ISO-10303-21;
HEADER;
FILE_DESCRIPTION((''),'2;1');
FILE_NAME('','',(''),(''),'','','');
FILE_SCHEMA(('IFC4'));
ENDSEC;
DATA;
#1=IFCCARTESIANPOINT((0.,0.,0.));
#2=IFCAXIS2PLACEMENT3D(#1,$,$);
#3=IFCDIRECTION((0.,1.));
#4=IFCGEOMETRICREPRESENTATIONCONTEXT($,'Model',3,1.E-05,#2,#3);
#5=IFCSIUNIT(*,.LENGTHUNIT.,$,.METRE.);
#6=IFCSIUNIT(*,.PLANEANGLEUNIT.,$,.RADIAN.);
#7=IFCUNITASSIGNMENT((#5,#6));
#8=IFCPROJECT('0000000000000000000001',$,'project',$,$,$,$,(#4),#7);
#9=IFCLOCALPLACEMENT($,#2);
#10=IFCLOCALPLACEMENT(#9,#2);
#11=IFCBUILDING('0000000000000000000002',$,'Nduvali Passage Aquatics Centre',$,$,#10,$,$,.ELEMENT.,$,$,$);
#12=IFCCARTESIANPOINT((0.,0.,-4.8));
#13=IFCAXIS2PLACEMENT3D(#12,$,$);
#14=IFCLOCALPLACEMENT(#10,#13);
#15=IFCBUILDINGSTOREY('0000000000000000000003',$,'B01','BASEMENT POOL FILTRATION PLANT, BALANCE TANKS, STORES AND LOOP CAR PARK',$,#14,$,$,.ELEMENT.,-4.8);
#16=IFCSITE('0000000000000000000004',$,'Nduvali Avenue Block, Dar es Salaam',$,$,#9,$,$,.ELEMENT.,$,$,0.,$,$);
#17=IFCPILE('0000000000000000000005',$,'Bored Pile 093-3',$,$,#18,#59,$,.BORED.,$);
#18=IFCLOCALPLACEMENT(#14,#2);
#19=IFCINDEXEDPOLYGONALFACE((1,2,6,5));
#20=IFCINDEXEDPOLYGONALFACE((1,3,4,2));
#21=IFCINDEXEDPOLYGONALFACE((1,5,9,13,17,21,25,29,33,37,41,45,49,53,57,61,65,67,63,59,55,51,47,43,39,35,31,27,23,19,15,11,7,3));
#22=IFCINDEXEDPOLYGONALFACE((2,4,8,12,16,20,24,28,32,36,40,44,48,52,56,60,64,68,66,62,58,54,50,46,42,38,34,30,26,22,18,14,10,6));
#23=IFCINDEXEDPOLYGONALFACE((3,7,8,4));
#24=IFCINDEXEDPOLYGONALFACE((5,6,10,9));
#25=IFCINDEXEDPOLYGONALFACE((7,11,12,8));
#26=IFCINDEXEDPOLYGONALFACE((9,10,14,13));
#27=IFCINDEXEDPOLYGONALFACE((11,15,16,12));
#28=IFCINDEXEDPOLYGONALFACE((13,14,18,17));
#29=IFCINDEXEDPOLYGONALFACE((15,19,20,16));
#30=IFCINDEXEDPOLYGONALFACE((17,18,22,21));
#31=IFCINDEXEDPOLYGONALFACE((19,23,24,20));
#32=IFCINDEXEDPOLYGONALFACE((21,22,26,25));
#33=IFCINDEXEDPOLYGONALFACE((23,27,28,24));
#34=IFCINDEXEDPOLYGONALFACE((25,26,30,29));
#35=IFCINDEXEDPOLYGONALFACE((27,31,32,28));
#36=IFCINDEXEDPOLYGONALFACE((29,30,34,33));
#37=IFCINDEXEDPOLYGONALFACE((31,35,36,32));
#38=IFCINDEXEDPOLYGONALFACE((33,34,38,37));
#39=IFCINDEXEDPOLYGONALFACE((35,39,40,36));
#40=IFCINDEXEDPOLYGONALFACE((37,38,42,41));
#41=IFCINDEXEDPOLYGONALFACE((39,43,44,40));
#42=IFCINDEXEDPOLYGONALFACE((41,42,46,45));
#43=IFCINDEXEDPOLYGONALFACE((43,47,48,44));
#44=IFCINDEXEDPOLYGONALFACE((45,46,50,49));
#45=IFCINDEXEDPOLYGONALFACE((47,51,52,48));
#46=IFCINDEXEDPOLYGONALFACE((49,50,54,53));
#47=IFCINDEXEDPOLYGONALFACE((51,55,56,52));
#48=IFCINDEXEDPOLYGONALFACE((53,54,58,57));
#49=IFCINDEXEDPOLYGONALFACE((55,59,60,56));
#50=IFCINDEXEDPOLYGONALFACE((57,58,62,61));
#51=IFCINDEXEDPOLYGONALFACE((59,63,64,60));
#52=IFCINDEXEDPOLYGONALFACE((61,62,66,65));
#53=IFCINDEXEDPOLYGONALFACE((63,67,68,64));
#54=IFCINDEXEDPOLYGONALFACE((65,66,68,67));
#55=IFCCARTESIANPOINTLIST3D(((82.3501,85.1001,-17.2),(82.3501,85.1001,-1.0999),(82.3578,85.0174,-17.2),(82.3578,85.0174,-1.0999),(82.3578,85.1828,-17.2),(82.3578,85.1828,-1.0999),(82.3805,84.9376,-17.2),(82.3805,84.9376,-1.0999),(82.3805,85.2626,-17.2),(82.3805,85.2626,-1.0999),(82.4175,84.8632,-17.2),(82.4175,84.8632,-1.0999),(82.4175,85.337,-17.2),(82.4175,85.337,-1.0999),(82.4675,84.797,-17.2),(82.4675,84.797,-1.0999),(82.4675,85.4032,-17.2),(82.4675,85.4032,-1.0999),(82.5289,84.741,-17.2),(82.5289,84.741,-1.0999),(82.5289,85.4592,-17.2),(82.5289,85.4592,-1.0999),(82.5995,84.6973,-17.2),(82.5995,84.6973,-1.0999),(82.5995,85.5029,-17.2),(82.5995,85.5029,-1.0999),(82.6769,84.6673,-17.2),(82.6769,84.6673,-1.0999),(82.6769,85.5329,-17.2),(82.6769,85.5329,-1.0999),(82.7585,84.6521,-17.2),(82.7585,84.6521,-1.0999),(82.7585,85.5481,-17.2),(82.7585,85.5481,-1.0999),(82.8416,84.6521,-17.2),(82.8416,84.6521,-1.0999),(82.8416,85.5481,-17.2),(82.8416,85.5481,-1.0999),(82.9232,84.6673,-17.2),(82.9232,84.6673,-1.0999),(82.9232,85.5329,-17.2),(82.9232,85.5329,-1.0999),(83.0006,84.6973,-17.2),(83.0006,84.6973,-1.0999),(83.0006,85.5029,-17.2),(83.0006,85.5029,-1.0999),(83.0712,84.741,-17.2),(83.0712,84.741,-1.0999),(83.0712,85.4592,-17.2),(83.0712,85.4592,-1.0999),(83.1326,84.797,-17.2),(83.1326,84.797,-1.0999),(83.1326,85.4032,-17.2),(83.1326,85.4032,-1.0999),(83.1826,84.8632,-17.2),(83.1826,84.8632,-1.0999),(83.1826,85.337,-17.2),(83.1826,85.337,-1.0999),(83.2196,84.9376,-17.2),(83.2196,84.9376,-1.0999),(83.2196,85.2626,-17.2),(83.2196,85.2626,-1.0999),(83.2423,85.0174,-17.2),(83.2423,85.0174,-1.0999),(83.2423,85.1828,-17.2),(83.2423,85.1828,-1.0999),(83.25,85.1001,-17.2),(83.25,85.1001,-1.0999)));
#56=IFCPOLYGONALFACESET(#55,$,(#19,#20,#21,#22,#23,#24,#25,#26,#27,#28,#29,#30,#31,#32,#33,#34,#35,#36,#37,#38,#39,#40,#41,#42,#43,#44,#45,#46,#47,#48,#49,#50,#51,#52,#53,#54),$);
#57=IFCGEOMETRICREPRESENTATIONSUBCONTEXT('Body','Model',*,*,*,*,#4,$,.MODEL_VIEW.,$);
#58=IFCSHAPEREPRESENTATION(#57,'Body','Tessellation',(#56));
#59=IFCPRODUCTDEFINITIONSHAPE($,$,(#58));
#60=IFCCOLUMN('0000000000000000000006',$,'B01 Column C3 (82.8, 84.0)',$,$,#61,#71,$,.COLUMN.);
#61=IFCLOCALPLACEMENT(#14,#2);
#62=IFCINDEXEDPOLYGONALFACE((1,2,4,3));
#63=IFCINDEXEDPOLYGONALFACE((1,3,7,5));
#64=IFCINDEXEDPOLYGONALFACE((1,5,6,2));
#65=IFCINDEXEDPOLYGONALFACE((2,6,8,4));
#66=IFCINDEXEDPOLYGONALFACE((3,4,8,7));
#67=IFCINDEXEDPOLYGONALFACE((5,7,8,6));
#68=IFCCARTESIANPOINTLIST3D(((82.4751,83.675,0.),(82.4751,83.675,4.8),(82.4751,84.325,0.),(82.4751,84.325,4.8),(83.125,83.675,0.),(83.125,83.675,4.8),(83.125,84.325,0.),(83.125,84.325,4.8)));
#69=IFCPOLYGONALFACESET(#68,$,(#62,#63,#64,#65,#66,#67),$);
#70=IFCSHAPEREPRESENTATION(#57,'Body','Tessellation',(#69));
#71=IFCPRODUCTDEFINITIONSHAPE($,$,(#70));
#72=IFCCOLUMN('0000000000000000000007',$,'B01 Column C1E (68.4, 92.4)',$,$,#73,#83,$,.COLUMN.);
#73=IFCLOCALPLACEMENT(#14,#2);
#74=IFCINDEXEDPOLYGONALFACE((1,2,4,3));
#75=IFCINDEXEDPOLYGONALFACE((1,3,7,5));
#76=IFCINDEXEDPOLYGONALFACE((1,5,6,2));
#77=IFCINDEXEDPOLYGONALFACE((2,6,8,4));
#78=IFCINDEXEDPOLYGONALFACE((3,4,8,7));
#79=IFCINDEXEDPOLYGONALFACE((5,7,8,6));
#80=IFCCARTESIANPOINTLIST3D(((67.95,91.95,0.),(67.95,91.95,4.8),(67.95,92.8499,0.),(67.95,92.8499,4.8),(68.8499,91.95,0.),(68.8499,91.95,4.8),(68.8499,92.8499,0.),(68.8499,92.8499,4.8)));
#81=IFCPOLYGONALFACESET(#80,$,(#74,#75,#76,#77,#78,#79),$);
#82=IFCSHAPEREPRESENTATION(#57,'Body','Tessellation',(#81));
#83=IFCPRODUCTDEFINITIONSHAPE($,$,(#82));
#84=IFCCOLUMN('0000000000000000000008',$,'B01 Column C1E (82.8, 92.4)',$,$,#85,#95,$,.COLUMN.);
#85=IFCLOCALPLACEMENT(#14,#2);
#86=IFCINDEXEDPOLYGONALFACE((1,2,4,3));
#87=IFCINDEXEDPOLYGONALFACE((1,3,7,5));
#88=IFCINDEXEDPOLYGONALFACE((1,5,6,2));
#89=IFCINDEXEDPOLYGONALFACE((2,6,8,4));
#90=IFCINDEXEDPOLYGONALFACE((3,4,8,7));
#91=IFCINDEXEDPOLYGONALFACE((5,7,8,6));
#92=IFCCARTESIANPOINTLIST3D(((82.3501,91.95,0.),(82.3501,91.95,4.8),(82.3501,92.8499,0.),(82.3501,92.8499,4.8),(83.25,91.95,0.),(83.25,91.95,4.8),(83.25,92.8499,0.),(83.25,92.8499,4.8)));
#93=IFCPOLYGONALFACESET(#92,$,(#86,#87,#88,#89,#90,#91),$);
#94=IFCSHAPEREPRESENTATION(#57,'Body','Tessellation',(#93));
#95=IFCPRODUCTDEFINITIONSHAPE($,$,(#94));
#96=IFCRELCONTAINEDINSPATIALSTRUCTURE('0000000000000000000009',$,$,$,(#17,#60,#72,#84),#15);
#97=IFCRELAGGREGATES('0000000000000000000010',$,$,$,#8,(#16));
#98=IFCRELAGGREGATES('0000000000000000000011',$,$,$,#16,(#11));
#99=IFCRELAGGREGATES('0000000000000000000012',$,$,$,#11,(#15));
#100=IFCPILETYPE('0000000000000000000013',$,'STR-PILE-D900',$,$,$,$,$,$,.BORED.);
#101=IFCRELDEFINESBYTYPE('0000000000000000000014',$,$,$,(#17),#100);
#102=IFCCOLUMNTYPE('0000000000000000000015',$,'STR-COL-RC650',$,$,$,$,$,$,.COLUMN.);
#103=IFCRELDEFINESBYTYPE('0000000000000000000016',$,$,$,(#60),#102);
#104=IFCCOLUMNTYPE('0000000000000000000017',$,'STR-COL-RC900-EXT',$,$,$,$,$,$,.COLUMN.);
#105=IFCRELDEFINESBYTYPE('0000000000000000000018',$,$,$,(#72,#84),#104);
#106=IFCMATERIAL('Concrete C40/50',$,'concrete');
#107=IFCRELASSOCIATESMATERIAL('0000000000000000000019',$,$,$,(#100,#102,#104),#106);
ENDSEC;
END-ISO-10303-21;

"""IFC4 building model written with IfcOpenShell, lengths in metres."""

from ifc_helpers import new_model, si_unit, direction, frame, origin, origin_2d, place, context, subcontext, project, spatial, rectangle, circle, extrude, material, material_profile, profile_set, type_object, element, save


model = new_model("IFC4")

# Units and contexts
model_context = context("Model", 3, precision=1e-05, world=origin(), true_north=direction((0.0, 1.0)))
body_context = subcontext(model_context, "Body", "Model", "MODEL_VIEW")
ifc_project = project(units=[si_unit("LENGTHUNIT", "METRE"), si_unit("PLANEANGLEUNIT", "RADIAN")], contexts=[model_context])

# Site, building, storey
site_placement = place(None, origin())
site = spatial("IfcSite", under=ifc_project, at=site_placement, Name="Nduvali Avenue Block, Dar es Salaam", CompositionType="ELEMENT", RefElevation=0.0)
building_placement = place(site_placement, origin())
building = spatial("IfcBuilding", under=site, at=building_placement, Name="Nduvali Passage Aquatics Centre", CompositionType="ELEMENT")
storey_placement = place(building_placement, frame((0.0, 0.0, -4.8)))
storey = spatial("IfcBuildingStorey", under=building, at=storey_placement, Name="B01", Description="BASEMENT POOL FILTRATION PLANT, BALANCE TANKS, STORES AND LOOP CAR PARK", CompositionType="ELEMENT", Elevation=-4.8)

# Shared definitions
ifc_material = material(Name="Concrete C40/50", Category="concrete")

# Pile
ifc_material_profile_1 = material_profile(ifc_material, circle(Radius=0.45, at=origin_2d()), Name="PILE D900")
ifc_profile_set_1 = profile_set([ifc_material_profile_1], Name="Concrete C40/50")
pile_type_1 = type_object("IfcPileType", Name="STR-PILE-D900", PredefinedType="BORED", material=ifc_profile_set_1)
for number, where, z_axis, x_axis, name in (
    (1, (82.8, 85.1001, -1.0999), (0.0, 0.0, -1.0), (1.0, 0.0, 0.0), "Bored Pile 093-3"),
):
    element("IfcPile", number, at=place(storey_placement, frame(where, z_axis=z_axis, x_axis=x_axis)), inside=storey, type_object=pile_type_1, Name=name, PredefinedType="BORED", context=body_context, shape_type="SweptSolid", body=[
        extrude(circle(Radius=0.45, at=origin_2d()), origin(), (0.0, 0.0, 1.0), 16.1001),
    ])

# Columns
ifc_material_profile_2 = material_profile(ifc_material, rectangle(XDim=0.6499, YDim=0.6499, at=origin_2d()), Name="RC 650x650")
ifc_profile_set_2 = profile_set([ifc_material_profile_2], Name="Concrete C40/50")
column_type_1 = type_object("IfcColumnType", Name="STR-COL-RC650", PredefinedType="COLUMN", material=ifc_profile_set_2)
column_placement = place(storey_placement, frame((82.8, 84.0, 0.0), z_axis=(0.0, 0.0, 1.0), x_axis=(1.0, 0.0, 0.0)))
element("IfcColumn", 2, at=column_placement, inside=storey, type_object=column_type_1, Name="B01 Column C3 (82.8, 84.0)", PredefinedType="COLUMN", context=body_context, shape_type="SweptSolid", body=[
    extrude(rectangle(XDim=0.6499, YDim=0.6499, at=origin_2d()), origin(), (0.0, 0.0, 1.0), 4.8),
])
ifc_material_profile_3 = material_profile(ifc_material, rectangle(XDim=0.8999, YDim=0.8999, at=origin_2d()), Name="RC 900x900")
ifc_profile_set_3 = profile_set([ifc_material_profile_3], Name="Concrete C40/50")
column_type_2 = type_object("IfcColumnType", Name="STR-COL-RC900-EXT", PredefinedType="COLUMN", material=ifc_profile_set_3)
for number, where, z_axis, x_axis, name in (
    (3, (68.3999, 92.3999, 0.0), (0.0, 0.0, 1.0), (1.0, 0.0, 0.0), "B01 Column C1E (68.4, 92.4)"),
    (4, (82.8, 92.3999, 0.0), (0.0, 0.0, 1.0), (1.0, 0.0, 0.0), "B01 Column C1E (82.8, 92.4)"),
):
    element("IfcColumn", number, at=place(storey_placement, frame(where, z_axis=z_axis, x_axis=x_axis)), inside=storey, type_object=column_type_2, Name=name, PredefinedType="COLUMN", context=body_context, shape_type="SweptSolid", body=[
        extrude(rectangle(XDim=0.8999, YDim=0.8999, at=origin_2d()), origin(), (0.0, 0.0, 1.0), 4.8),
    ])

save(model, "model.ifc")
